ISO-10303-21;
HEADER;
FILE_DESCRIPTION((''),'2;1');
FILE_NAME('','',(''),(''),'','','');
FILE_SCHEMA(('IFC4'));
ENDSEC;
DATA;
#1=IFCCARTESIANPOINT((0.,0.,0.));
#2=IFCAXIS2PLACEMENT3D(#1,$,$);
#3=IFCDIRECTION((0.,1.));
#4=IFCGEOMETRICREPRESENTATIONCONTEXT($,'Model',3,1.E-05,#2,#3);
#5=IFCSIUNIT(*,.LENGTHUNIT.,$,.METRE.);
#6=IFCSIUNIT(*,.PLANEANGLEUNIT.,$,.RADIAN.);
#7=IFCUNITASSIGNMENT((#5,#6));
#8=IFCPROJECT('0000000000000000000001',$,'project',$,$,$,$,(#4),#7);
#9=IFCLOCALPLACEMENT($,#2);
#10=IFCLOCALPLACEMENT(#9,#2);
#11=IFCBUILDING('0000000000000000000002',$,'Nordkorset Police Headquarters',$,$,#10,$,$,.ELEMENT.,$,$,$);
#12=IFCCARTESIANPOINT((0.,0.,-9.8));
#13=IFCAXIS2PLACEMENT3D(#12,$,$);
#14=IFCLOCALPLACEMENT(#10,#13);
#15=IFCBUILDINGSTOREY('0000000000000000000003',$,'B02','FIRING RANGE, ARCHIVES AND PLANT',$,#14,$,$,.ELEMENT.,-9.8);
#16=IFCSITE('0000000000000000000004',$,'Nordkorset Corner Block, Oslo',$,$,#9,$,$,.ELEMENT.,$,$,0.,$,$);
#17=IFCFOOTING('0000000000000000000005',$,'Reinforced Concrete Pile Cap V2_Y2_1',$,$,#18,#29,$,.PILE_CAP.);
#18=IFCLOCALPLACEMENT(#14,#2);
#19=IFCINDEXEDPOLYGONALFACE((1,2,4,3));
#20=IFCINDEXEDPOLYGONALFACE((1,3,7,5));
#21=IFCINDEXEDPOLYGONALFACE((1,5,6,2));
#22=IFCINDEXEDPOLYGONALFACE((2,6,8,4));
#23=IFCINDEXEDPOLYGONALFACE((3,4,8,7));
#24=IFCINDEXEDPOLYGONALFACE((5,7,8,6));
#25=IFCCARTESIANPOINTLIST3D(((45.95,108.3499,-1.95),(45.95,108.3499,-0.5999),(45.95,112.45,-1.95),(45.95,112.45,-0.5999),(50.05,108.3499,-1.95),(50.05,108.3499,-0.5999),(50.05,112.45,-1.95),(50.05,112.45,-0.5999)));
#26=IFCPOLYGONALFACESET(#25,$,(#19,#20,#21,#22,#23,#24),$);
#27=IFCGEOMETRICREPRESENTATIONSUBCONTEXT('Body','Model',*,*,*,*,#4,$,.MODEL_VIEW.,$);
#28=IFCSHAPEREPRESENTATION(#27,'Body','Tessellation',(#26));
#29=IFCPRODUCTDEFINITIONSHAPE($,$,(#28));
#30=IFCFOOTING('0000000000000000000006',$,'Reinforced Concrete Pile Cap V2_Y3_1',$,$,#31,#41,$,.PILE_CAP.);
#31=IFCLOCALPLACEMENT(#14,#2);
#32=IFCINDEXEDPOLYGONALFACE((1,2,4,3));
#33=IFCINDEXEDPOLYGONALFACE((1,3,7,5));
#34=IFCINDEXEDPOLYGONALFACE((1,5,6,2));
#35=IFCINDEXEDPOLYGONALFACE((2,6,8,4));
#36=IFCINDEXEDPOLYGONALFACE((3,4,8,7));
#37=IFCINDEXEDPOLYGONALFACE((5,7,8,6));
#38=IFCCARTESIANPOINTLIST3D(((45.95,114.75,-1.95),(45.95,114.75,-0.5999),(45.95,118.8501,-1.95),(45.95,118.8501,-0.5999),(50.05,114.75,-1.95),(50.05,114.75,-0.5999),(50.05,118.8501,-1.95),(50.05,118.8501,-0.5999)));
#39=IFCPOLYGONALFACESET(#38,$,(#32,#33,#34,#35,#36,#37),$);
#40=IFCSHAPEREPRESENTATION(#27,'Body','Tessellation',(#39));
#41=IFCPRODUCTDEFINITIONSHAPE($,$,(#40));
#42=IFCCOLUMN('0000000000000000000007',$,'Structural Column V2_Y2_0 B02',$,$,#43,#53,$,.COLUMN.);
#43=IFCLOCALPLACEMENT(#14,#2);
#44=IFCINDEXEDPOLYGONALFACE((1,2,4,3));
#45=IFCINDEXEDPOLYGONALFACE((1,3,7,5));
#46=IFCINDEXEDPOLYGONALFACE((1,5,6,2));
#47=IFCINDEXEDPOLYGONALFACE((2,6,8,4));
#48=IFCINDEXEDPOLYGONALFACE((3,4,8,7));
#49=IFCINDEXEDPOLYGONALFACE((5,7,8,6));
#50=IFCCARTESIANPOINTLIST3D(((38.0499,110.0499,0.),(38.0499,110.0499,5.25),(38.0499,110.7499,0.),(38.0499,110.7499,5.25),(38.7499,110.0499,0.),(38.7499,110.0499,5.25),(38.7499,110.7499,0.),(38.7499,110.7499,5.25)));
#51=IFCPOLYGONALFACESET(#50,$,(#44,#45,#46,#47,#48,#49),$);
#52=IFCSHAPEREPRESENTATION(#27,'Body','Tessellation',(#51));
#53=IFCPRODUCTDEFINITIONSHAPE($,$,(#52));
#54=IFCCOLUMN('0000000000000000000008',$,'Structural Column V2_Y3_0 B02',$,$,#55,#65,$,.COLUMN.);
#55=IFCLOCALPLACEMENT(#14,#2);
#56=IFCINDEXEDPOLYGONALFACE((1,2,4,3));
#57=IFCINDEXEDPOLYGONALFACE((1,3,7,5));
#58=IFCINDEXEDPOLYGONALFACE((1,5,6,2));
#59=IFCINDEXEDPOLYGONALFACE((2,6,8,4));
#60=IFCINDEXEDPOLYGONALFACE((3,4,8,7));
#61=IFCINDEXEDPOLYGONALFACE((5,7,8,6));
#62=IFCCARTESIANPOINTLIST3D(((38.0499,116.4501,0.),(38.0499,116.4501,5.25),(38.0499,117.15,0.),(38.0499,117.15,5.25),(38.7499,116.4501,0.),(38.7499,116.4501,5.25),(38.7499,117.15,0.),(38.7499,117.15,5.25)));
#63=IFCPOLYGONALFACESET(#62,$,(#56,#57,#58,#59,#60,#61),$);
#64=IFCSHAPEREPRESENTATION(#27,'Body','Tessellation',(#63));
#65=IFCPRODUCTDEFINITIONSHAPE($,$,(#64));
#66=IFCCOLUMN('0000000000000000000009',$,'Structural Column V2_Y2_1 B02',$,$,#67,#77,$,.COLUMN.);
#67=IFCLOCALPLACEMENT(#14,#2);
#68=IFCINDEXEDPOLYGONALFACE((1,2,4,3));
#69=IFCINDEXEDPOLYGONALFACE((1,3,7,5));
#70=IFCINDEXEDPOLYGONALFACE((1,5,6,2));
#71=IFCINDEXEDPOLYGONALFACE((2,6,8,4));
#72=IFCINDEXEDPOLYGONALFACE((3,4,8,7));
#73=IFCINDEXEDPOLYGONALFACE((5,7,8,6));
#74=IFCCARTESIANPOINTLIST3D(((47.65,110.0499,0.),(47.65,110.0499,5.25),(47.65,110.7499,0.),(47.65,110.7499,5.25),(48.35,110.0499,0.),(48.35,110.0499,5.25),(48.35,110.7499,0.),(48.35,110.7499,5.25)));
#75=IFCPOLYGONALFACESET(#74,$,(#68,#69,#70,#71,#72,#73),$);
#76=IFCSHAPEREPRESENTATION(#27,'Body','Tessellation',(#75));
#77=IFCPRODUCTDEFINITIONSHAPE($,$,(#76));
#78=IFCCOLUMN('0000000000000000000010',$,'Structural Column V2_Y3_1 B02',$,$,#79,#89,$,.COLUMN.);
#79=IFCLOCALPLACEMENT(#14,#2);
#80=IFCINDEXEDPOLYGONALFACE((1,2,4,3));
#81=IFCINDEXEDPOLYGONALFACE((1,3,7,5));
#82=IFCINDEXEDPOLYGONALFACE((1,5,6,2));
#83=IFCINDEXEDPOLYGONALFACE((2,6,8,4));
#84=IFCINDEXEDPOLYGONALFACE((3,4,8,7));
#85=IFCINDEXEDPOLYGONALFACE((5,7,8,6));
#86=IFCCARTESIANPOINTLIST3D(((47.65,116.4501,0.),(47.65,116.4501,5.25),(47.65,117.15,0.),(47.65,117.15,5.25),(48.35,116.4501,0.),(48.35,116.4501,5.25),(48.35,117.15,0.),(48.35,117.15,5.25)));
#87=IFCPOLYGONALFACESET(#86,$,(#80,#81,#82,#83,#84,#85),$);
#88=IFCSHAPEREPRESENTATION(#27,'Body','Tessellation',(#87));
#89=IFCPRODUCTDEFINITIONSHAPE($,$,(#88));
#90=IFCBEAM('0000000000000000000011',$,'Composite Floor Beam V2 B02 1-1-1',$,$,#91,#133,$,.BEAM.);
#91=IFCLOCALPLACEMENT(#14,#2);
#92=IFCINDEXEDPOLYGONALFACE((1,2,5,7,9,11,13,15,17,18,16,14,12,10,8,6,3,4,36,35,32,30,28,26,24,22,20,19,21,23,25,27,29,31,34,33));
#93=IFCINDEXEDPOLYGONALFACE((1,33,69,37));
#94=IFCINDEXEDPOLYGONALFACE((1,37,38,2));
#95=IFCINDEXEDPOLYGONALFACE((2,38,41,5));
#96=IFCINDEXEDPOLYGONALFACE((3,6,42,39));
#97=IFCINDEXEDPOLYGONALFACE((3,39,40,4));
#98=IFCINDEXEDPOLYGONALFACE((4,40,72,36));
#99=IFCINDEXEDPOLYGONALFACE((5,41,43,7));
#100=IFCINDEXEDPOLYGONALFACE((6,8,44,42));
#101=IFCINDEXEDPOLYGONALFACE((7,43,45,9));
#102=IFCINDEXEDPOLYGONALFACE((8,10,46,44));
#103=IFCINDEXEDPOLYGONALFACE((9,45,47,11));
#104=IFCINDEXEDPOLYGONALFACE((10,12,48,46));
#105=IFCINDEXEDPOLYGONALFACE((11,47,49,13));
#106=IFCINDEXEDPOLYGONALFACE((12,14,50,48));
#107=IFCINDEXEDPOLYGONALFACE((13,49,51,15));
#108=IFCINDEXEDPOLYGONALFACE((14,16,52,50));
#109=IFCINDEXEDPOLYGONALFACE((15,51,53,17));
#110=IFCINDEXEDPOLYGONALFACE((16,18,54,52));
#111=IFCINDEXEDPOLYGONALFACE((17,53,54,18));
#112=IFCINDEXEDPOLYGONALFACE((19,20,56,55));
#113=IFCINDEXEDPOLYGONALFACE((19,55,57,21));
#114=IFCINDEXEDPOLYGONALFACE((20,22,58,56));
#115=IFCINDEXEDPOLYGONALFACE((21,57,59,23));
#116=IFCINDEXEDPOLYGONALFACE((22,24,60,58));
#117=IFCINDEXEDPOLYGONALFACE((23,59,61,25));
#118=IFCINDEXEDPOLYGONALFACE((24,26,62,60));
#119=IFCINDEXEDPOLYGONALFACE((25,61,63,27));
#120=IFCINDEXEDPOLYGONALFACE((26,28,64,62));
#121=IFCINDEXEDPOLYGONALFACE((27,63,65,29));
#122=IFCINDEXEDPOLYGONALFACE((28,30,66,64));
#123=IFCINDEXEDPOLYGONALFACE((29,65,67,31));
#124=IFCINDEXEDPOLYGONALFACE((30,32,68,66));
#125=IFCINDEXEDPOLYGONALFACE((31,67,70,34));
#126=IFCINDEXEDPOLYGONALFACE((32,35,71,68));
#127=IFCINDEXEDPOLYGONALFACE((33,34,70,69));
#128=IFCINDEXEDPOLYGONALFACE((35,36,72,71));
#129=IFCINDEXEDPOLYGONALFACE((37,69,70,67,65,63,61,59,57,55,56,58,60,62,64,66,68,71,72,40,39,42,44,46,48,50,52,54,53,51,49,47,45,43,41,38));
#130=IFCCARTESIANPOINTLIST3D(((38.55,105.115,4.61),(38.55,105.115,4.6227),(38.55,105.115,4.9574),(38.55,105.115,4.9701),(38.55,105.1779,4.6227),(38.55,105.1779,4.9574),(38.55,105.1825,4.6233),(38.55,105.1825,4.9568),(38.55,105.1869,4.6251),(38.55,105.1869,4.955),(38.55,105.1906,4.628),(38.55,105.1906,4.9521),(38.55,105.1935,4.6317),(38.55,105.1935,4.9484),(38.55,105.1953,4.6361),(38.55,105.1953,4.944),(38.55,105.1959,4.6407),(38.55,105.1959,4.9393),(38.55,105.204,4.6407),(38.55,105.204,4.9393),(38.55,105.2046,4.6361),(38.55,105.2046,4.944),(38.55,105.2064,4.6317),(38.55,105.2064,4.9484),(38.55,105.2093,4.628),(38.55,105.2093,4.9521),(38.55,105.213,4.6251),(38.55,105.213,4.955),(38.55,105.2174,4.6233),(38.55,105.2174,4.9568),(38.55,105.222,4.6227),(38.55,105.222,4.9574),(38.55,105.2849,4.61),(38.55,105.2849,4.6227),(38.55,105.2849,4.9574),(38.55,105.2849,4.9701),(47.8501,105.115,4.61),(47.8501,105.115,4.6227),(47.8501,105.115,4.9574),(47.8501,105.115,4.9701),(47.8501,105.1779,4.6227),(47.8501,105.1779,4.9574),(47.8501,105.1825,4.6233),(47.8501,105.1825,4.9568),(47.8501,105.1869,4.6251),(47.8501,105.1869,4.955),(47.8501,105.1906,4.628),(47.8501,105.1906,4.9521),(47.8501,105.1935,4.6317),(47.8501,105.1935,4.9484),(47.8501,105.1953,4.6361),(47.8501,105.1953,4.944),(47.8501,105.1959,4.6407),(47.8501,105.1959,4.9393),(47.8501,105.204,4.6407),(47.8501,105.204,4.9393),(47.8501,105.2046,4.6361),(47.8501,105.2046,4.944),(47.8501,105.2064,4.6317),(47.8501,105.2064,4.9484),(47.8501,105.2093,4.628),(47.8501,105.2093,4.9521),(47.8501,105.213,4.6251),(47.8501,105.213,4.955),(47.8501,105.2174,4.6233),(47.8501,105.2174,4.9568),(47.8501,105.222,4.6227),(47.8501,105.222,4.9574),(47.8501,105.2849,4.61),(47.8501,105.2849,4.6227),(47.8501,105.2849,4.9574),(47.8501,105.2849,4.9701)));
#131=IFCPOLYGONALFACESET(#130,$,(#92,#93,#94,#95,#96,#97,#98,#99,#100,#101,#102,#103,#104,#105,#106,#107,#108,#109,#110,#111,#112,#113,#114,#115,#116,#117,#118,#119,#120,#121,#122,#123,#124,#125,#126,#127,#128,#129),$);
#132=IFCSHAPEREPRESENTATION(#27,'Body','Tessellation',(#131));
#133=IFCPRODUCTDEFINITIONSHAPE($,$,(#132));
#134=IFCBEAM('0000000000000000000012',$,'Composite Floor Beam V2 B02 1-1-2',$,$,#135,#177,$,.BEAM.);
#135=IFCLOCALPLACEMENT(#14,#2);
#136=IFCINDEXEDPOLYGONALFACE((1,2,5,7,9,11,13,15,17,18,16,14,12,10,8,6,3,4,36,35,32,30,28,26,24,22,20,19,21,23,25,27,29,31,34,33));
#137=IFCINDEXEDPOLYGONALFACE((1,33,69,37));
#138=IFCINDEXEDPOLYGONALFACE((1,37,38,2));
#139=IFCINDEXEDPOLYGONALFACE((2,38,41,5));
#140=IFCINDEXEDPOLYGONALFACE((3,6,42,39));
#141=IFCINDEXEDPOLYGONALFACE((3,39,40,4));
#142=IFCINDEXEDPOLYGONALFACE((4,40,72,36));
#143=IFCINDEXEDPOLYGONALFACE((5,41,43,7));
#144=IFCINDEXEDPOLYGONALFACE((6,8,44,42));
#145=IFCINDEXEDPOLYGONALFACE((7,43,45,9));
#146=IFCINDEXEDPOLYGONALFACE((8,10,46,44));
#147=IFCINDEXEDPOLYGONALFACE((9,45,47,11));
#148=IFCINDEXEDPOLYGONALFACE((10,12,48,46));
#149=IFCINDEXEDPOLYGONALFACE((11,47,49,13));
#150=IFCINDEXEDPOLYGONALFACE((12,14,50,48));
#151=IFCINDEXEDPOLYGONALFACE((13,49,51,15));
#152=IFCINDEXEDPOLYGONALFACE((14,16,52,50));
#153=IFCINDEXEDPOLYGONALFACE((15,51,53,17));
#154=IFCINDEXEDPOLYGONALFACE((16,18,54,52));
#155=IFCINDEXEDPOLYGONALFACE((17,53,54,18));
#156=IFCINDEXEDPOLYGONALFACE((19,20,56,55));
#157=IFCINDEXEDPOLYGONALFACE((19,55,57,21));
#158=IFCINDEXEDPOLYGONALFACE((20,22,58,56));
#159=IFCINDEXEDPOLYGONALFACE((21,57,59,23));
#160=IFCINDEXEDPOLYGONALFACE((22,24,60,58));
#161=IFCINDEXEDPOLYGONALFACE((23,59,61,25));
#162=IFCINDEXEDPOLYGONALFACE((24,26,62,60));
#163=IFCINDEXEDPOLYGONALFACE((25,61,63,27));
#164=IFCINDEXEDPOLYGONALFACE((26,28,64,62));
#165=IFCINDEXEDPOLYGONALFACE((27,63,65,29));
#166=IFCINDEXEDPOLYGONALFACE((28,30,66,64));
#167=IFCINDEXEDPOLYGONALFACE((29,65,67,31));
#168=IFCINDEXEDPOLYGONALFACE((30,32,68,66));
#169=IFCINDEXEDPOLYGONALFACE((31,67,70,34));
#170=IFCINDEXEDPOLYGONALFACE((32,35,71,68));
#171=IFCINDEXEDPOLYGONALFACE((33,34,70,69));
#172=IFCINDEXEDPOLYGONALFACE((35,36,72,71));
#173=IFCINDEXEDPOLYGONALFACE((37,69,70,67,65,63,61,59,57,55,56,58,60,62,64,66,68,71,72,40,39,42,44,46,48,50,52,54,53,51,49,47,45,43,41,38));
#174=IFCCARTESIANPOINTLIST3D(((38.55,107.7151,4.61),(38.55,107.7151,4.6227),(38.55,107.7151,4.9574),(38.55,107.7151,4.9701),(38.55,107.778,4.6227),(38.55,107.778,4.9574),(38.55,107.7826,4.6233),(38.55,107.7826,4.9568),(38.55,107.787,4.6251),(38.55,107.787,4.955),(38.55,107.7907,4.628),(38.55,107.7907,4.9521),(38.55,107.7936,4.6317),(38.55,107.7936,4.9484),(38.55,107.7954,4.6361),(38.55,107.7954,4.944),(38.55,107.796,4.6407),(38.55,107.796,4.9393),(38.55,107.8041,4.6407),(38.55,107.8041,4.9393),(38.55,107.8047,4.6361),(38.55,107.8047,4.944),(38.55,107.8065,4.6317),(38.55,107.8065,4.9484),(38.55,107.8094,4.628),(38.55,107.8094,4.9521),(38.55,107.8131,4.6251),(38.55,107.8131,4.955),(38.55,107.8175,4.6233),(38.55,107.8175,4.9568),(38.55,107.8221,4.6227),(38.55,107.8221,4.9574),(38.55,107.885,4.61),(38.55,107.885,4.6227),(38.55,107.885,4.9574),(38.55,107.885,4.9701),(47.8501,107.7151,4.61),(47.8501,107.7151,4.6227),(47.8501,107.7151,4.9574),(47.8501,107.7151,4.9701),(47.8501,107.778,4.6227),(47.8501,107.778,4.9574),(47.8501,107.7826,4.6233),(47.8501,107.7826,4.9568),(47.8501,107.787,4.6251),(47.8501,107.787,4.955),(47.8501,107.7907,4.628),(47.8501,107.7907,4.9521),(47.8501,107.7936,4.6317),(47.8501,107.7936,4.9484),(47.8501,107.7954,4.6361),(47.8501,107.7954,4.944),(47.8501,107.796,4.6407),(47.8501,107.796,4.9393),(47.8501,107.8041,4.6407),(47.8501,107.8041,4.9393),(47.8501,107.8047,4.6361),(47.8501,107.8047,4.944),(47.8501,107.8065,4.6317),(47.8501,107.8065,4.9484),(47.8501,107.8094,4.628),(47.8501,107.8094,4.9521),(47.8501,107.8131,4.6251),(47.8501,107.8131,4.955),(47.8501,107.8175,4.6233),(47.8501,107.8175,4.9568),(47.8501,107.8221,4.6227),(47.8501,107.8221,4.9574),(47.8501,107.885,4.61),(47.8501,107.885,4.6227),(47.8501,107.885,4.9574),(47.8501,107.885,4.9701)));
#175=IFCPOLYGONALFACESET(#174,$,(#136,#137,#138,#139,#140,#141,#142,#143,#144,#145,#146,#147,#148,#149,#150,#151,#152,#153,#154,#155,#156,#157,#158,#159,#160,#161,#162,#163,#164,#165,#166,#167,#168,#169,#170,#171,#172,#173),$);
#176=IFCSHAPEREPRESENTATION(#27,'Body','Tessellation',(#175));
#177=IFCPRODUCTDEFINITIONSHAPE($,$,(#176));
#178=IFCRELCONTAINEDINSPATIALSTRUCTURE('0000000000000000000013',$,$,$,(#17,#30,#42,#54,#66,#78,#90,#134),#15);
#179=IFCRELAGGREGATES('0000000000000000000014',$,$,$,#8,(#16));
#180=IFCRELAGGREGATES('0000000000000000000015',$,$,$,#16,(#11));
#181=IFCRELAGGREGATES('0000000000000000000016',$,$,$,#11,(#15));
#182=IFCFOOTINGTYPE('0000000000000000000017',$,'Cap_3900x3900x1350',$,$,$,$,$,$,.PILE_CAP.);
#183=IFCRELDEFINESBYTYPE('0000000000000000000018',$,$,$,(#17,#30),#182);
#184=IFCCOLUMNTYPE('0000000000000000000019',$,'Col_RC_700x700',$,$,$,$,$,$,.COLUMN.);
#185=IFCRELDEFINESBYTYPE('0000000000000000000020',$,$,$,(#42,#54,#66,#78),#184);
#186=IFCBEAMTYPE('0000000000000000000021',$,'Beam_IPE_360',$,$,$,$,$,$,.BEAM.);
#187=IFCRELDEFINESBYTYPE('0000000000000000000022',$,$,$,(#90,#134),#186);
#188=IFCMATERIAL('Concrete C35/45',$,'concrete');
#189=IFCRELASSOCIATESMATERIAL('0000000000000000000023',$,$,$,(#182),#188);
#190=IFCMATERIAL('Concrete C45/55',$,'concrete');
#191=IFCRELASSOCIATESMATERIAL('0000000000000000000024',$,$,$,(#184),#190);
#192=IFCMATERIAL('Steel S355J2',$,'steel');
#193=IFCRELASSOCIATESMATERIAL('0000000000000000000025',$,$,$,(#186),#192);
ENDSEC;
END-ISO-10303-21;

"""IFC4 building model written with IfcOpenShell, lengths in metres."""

from ifc_helpers import new_model, si_unit, direction, frame, origin, origin_2d, place, context, subcontext, project, spatial, rectangle, i_section, extrude, material, material_profile, profile_set, type_object, element, save


model = new_model("IFC4")

# Units and contexts
model_context = context("Model", 3, precision=1e-05, world=origin(), true_north=direction((0.0, 1.0)))
body_context = subcontext(model_context, "Body", "Model", "MODEL_VIEW")
ifc_project = project(units=[si_unit("LENGTHUNIT", "METRE"), si_unit("PLANEANGLEUNIT", "RADIAN")], contexts=[model_context])

# Site, building, storey
site_placement = place(None, origin())
site = spatial("IfcSite", under=ifc_project, at=site_placement, Name="Nordkorset Corner Block, Oslo", CompositionType="ELEMENT", RefElevation=0.0)
building_placement = place(site_placement, origin())
building = spatial("IfcBuilding", under=site, at=building_placement, Name="Nordkorset Police Headquarters", CompositionType="ELEMENT")
storey_placement = place(building_placement, frame((0.0, 0.0, -9.8)))
storey = spatial("IfcBuildingStorey", under=building, at=storey_placement, Name="B02", Description="FIRING RANGE, ARCHIVES AND PLANT", CompositionType="ELEMENT", Elevation=-9.8)

# Footings
ifc_material_1 = material(Name="Concrete C35/45", Category="concrete")
footing_type = type_object("IfcFootingType", Name="Cap_3900x3900x1350", PredefinedType="PILE_CAP", material=ifc_material_1)
for number, where, z_axis, x_axis, name in (
    (1, (48.0, 110.3999, -1.95), (0.0, 0.0, 1.0), (1.0, 0.0, 0.0), "Reinforced Concrete Pile Cap V2_Y2_1"),
    (2, (48.0, 116.8, -1.95), (0.0, 0.0, 1.0), (1.0, 0.0, 0.0), "Reinforced Concrete Pile Cap V2_Y3_1"),
):
    element("IfcFooting", number, at=place(storey_placement, frame(where, z_axis=z_axis, x_axis=x_axis)), inside=storey, type_object=footing_type, Name=name, PredefinedType="PILE_CAP", context=body_context, shape_type="SweptSolid", body=[
        extrude(rectangle(XDim=4.1001, YDim=4.1001, at=origin_2d()), origin(), (0.0, 0.0, 1.0), 1.3501),
    ])

# Columns
ifc_material_2 = material(Name="Concrete C45/55", Category="concrete")
ifc_material_profile_1 = material_profile(ifc_material_2, rectangle(XDim=0.7, YDim=0.7, at=origin_2d()), Name="RC 700x700")
ifc_profile_set_1 = profile_set([ifc_material_profile_1], Name="Concrete C45/55")
column_type = type_object("IfcColumnType", Name="Col_RC_700x700", PredefinedType="COLUMN", material=ifc_profile_set_1)
for number, where, z_axis, x_axis, name in (
    (3, (38.3999, 110.3999, 0.0), (0.0, 0.0, 1.0), (1.0, 0.0, 0.0), "Structural Column V2_Y2_0 B02"),
    (4, (38.3999, 116.8, 0.0), (0.0, 0.0, 1.0), (1.0, 0.0, 0.0), "Structural Column V2_Y3_0 B02"),
    (5, (48.0, 110.3999, 0.0), (0.0, 0.0, 1.0), (1.0, 0.0, 0.0), "Structural Column V2_Y2_1 B02"),
    (6, (48.0, 116.8, 0.0), (0.0, 0.0, 1.0), (1.0, 0.0, 0.0), "Structural Column V2_Y3_1 B02"),
):
    element("IfcColumn", number, at=place(storey_placement, frame(where, z_axis=z_axis, x_axis=x_axis)), inside=storey, type_object=column_type, Name=name, PredefinedType="COLUMN", context=body_context, shape_type="SweptSolid", body=[
        extrude(rectangle(XDim=0.7, YDim=0.7, at=origin_2d()), origin(), (0.0, 0.0, 1.0), 5.25),
    ])

# Beams
ifc_material_3 = material(Name="Steel S355J2", Category="steel")
ifc_material_profile_2 = material_profile(ifc_material_3, i_section(OverallWidth=0.1699, OverallDepth=0.3601, WebThickness=0.0081, FlangeThickness=0.0127, FilletRadius=0.0181, at=origin_2d()), Name="IPE 360")
ifc_profile_set_2 = profile_set([ifc_material_profile_2], Name="Steel S355J2")
beam_type_1 = type_object("IfcBeamType", Name="Beam_IPE_360", PredefinedType="BEAM", material=ifc_profile_set_2)
for number, where, z_axis, x_axis, name in (
    (7, (38.55, 105.2, 4.79), (1.0, 0.0, 0.0), (0.0, 1.0, 0.0), "Composite Floor Beam V2 B02 1-1-1"),
    (8, (38.55, 107.8, 4.79), (1.0, 0.0, 0.0), (0.0, 1.0, 0.0), "Composite Floor Beam V2 B02 1-1-2"),
):
    element("IfcBeam", number, at=place(storey_placement, frame(where, z_axis=z_axis, x_axis=x_axis)), inside=storey, type_object=beam_type_1, Name=name, PredefinedType="BEAM", context=body_context, shape_type="SweptSolid", body=[
        extrude(i_section(OverallWidth=0.1699, OverallDepth=0.3601, WebThickness=0.0081, FlangeThickness=0.0127, FilletRadius=0.0181, at=origin_2d()), origin(), (0.0, 0.0, 1.0), 9.3),
    ])

save(model, "model.ifc")
